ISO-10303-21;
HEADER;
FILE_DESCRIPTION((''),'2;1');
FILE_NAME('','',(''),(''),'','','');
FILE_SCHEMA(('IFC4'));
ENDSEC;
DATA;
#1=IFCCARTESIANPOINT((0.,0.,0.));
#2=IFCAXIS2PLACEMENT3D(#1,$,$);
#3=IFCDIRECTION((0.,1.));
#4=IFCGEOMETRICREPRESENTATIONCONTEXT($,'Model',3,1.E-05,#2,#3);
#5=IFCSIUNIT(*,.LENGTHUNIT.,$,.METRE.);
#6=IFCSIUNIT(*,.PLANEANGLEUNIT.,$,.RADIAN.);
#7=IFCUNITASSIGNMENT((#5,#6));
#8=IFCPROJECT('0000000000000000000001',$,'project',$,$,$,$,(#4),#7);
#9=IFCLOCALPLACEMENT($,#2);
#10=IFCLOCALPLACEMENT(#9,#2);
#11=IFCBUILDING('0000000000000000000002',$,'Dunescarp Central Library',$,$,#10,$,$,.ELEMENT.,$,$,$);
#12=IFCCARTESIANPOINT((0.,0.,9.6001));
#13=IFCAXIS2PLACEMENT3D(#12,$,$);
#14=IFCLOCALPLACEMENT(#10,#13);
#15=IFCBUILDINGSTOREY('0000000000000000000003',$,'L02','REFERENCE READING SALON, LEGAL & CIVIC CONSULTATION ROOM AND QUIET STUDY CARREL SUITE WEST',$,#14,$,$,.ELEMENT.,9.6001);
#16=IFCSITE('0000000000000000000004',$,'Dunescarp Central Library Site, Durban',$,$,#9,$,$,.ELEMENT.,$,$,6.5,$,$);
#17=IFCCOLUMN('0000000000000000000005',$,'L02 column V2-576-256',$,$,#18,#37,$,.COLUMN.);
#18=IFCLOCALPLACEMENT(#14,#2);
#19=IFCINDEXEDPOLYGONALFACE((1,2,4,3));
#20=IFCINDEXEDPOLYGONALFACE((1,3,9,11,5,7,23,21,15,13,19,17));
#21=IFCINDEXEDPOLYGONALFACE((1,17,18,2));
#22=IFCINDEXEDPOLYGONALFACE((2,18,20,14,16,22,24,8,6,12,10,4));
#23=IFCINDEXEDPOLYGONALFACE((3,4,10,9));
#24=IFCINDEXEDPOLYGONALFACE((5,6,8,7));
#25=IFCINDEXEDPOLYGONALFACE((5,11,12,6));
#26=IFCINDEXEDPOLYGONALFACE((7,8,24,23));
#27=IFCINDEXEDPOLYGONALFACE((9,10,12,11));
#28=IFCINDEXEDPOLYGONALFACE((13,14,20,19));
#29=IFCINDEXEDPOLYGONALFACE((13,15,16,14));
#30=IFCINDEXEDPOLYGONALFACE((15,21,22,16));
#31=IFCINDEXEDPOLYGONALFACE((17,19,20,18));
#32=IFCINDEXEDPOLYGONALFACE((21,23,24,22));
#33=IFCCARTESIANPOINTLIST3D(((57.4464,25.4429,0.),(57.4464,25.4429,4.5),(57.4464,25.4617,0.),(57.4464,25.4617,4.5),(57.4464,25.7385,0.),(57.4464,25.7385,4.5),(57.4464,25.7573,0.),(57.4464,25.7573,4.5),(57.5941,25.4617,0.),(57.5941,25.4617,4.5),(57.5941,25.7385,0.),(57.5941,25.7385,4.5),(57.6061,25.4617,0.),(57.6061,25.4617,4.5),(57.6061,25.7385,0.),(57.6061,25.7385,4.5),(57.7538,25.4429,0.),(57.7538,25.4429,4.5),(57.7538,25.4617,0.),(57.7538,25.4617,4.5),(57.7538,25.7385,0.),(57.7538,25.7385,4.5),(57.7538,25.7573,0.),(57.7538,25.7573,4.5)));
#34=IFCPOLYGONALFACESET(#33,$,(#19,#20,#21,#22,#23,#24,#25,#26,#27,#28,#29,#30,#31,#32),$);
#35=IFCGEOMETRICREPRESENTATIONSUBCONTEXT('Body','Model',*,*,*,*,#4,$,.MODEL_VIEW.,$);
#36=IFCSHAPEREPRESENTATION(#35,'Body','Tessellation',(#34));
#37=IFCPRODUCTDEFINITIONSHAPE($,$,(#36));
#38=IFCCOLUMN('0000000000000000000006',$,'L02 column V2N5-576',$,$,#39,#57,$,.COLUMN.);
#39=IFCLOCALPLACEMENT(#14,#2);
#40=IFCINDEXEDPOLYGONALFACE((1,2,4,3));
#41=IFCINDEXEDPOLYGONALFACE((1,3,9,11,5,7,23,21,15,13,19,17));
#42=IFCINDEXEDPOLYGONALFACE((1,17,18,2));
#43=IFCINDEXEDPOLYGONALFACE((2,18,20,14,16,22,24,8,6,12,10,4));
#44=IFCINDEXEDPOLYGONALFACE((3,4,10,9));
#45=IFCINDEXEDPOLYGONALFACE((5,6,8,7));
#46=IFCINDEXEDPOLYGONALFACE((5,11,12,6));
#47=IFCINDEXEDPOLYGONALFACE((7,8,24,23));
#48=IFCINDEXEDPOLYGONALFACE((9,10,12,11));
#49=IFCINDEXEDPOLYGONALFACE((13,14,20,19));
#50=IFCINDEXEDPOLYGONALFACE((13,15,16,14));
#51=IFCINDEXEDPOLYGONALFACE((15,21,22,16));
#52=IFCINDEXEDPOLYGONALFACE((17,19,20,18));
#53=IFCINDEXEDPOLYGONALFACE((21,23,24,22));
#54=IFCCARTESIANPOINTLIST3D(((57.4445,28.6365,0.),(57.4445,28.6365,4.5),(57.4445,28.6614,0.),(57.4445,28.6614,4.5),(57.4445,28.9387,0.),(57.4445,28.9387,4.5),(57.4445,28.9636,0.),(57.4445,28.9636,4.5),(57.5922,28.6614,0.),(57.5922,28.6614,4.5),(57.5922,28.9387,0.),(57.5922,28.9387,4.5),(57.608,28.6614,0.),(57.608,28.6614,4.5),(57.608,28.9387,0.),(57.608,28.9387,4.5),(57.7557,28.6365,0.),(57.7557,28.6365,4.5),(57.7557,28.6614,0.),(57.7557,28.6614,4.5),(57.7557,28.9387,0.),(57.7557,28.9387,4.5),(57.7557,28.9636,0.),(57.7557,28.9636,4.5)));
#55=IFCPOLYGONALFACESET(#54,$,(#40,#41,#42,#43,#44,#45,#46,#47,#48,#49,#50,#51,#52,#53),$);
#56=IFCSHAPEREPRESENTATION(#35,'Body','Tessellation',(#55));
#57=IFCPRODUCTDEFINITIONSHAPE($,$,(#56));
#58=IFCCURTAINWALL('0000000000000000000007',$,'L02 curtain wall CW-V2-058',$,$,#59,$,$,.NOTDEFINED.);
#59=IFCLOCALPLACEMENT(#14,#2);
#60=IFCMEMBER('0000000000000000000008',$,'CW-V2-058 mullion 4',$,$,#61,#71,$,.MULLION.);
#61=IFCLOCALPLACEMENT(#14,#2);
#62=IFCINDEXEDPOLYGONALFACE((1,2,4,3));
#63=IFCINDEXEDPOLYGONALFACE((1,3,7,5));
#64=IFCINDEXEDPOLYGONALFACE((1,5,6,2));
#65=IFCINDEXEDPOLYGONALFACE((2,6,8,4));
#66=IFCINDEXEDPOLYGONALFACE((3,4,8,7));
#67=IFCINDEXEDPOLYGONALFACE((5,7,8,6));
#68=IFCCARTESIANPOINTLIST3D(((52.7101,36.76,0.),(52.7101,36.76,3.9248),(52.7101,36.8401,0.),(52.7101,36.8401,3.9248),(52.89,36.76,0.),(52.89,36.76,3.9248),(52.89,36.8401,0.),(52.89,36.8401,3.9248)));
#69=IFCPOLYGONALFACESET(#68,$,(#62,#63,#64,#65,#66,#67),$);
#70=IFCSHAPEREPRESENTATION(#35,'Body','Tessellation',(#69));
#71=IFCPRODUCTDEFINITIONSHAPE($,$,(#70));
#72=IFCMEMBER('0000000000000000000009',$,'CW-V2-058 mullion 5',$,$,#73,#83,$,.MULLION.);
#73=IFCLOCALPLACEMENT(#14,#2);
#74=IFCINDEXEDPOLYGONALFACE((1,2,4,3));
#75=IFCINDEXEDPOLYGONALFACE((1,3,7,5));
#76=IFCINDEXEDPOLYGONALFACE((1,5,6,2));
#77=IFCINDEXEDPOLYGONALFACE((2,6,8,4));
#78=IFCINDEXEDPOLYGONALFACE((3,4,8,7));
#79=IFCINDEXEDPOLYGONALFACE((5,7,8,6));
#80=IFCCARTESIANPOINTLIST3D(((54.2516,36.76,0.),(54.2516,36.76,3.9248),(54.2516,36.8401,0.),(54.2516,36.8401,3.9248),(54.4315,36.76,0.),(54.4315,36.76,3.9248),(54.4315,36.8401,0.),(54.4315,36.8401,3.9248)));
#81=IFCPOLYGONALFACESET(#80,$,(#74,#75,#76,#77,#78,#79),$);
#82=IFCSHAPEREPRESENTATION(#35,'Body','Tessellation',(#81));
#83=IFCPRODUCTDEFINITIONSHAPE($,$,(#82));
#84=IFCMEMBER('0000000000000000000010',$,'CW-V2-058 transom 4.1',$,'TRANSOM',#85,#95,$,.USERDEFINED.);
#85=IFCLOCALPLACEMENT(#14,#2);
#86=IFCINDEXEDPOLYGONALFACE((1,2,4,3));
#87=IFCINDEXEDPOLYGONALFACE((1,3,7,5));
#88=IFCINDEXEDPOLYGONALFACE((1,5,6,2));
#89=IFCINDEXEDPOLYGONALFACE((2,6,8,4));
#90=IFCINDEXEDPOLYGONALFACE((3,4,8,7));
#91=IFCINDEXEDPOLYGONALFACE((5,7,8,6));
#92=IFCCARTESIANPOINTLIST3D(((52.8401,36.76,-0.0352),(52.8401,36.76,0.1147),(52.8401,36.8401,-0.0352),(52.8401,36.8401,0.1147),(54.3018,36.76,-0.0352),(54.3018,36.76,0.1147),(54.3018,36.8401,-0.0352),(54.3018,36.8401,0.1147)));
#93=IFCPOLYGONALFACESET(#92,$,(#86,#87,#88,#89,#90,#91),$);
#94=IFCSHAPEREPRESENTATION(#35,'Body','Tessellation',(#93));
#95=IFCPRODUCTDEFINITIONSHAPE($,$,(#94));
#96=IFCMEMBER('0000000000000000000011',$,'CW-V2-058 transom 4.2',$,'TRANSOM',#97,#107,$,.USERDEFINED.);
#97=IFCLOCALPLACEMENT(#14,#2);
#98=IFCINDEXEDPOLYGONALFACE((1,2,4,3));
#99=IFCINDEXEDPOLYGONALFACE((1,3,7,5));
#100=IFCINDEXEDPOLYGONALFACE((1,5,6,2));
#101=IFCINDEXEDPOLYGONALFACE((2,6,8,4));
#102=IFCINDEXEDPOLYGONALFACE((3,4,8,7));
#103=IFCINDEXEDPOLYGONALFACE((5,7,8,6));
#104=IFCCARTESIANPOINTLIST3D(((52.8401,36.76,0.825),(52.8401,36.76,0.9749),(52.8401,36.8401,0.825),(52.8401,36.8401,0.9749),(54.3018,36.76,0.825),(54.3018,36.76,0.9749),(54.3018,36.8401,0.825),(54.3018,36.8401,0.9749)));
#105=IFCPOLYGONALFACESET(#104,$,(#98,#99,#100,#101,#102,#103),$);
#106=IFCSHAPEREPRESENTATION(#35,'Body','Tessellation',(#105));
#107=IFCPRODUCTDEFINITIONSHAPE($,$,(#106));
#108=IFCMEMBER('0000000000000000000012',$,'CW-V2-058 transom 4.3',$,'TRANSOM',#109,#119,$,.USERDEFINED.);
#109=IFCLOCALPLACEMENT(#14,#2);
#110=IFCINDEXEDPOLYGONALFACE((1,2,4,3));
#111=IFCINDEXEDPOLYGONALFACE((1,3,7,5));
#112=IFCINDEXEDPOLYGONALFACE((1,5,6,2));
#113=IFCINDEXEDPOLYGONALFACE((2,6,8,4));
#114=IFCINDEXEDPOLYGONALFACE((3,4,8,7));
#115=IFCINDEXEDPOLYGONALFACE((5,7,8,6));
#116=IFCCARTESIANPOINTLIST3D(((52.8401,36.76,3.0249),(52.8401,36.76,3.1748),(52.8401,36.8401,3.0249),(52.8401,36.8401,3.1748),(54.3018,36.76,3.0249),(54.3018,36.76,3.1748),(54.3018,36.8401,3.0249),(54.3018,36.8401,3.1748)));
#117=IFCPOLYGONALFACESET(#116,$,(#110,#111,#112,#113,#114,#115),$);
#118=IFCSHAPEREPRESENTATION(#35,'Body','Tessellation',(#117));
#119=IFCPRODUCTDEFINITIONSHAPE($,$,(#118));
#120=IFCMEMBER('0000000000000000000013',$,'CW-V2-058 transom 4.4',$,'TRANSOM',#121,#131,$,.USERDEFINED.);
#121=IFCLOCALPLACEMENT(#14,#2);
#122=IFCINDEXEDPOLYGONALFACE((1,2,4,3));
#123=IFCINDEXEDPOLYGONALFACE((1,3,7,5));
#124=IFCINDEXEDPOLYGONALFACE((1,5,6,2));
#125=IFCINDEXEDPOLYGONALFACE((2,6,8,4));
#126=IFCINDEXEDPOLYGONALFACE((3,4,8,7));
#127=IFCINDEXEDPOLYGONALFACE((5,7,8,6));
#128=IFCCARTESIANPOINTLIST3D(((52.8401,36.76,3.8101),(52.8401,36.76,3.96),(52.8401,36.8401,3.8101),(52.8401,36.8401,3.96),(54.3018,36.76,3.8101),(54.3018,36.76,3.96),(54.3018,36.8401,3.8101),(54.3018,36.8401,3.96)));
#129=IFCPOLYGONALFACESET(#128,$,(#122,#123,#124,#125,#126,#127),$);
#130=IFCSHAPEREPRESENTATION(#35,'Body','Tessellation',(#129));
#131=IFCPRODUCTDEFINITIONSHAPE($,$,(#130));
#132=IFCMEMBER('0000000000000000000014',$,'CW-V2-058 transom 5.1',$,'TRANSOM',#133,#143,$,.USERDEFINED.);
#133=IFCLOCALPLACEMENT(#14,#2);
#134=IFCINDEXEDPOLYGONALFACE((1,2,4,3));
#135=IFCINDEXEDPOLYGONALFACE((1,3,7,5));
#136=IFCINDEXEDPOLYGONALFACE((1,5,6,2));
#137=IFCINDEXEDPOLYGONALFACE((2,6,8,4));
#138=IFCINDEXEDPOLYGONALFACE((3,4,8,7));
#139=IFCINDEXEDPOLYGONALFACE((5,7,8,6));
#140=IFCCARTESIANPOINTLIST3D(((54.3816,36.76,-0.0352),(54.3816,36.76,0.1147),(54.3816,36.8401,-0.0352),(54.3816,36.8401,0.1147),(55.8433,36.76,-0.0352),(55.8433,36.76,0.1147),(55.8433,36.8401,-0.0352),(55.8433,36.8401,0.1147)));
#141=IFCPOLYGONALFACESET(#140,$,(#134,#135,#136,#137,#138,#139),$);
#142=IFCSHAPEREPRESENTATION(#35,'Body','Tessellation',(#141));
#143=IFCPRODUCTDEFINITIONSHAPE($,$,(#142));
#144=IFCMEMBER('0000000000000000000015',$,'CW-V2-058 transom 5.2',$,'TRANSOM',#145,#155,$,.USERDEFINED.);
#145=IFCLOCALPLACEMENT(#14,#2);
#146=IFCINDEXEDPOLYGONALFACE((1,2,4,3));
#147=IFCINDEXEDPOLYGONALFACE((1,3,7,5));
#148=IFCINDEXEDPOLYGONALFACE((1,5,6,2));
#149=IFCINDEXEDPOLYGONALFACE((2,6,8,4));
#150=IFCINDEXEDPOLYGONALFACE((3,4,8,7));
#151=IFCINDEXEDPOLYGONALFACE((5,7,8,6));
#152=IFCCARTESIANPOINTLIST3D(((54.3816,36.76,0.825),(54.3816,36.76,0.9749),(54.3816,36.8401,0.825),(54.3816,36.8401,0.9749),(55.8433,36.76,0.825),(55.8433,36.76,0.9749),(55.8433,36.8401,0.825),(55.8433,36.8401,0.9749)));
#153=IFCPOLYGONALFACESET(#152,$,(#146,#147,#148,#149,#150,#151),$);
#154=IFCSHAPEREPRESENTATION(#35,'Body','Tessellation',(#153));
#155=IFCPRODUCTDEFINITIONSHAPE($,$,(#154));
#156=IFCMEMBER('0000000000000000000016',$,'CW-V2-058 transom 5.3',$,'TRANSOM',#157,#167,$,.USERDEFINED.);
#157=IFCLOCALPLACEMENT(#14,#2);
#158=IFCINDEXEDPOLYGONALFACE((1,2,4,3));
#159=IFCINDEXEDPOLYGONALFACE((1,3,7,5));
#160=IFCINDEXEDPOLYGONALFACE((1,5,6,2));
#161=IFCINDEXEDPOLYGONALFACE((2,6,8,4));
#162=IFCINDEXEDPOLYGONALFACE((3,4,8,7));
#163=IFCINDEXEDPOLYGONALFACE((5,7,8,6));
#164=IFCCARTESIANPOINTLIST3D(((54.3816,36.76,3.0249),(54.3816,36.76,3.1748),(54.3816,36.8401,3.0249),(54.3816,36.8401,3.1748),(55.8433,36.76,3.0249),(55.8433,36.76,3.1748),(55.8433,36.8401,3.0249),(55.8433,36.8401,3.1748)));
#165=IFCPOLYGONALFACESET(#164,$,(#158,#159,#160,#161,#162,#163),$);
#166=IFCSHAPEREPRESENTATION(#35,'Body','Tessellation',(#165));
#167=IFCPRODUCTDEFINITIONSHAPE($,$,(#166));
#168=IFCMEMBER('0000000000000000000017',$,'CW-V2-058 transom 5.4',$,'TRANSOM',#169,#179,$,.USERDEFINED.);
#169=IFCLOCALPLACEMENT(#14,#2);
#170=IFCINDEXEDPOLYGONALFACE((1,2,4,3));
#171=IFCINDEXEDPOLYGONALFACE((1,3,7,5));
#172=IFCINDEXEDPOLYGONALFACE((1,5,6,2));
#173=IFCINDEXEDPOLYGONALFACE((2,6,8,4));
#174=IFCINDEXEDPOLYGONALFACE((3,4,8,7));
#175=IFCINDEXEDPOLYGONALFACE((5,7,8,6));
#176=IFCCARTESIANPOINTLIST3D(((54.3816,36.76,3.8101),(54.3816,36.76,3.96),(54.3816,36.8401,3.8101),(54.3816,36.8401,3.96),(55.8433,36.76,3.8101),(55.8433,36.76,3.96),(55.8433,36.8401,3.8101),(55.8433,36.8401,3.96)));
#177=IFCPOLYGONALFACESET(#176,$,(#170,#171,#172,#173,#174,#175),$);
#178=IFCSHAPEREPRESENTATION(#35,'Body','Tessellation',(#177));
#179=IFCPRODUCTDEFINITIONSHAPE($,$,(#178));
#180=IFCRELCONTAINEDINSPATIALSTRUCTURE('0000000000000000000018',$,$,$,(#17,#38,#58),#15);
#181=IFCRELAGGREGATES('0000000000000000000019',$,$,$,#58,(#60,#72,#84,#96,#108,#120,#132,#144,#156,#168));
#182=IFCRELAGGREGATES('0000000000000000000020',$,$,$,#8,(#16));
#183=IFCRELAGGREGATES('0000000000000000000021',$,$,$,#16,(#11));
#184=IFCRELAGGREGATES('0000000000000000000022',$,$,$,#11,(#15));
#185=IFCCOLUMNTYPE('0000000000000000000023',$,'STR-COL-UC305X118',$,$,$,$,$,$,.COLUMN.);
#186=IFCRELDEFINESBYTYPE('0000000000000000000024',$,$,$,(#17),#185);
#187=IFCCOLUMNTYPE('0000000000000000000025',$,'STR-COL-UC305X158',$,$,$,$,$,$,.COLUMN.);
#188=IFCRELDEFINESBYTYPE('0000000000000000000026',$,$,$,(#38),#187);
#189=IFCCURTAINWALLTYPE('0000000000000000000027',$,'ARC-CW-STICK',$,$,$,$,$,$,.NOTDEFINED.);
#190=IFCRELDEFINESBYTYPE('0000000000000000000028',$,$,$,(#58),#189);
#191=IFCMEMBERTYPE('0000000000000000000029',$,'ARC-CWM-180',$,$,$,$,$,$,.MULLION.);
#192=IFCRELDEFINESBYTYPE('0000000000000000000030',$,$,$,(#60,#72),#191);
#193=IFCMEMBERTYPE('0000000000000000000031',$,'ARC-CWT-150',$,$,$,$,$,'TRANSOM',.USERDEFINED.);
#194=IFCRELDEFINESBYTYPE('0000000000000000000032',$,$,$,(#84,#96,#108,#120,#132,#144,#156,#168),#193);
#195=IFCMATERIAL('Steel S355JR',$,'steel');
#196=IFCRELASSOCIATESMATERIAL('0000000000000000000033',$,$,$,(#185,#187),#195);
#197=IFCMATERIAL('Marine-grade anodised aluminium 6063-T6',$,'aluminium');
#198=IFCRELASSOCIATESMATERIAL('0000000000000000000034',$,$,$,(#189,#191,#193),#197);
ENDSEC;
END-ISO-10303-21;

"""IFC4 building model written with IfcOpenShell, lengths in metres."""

from ifc_helpers import new_model, si_unit, direction, frame, origin, origin_2d, place, context, subcontext, project, spatial, rectangle, i_section, extrude, material, material_profile, profile_set, type_object, element, aggregate, save


model = new_model("IFC4")

# Units and contexts
model_context = context("Model", 3, precision=1e-05, world=origin(), true_north=direction((0.0, 1.0)))
body_context = subcontext(model_context, "Body", "Model", "MODEL_VIEW")
ifc_project = project(units=[si_unit("LENGTHUNIT", "METRE"), si_unit("PLANEANGLEUNIT", "RADIAN")], contexts=[model_context])

# Site, building, storey
site_placement = place(None, origin())
site = spatial("IfcSite", under=ifc_project, at=site_placement, Name="Dunescarp Central Library Site, Durban", CompositionType="ELEMENT", RefElevation=6.5)
building_placement = place(site_placement, origin())
building = spatial("IfcBuilding", under=site, at=building_placement, Name="Dunescarp Central Library", CompositionType="ELEMENT")
storey_placement = place(building_placement, frame((0.0, 0.0, 9.6001)))
storey = spatial("IfcBuildingStorey", under=building, at=storey_placement, Name="L02", Description="REFERENCE READING SALON, LEGAL & CIVIC CONSULTATION ROOM AND QUIET STUDY CARREL SUITE WEST", CompositionType="ELEMENT", Elevation=9.6001)

# Columns
ifc_material_1 = material(Name="Steel S355JR", Category="steel")
ifc_material_profile_1 = material_profile(ifc_material_1, i_section(OverallWidth=0.3074, OverallDepth=0.3145, WebThickness=0.012, FlangeThickness=0.0188, at=origin_2d()), Name="UC 305x305x118")
ifc_profile_set_1 = profile_set([ifc_material_profile_1], Name="Steel S355JR")
column_type_1 = type_object("IfcColumnType", Name="STR-COL-UC305X118", PredefinedType="COLUMN", material=ifc_profile_set_1)
column_1_placement = place(storey_placement, frame((57.6001, 25.6001, 0.0), z_axis=(0.0, 0.0, 1.0), x_axis=(1.0, 0.0, 0.0)))
element("IfcColumn", 1, at=column_1_placement, inside=storey, type_object=column_type_1, Name="L02 column V2-576-256", PredefinedType="COLUMN", context=body_context, shape_type="SweptSolid", body=[
    extrude(i_section(OverallWidth=0.3074, OverallDepth=0.3145, WebThickness=0.012, FlangeThickness=0.0188, at=origin_2d()), origin(), (0.0, 0.0, 1.0), 4.5),
])
ifc_material_profile_2 = material_profile(ifc_material_1, i_section(OverallWidth=0.3113, OverallDepth=0.3271, WebThickness=0.0159, FlangeThickness=0.0249, at=origin_2d()), Name="UC 305x305x158")
ifc_profile_set_2 = profile_set([ifc_material_profile_2], Name="Steel S355JR")
column_type_2 = type_object("IfcColumnType", Name="STR-COL-UC305X158", PredefinedType="COLUMN", material=ifc_profile_set_2)
column_2_placement = place(storey_placement, frame((57.6001, 28.8, 0.0), z_axis=(0.0, 0.0, 1.0), x_axis=(1.0, 0.0, 0.0)))
element("IfcColumn", 2, at=column_2_placement, inside=storey, type_object=column_type_2, Name="L02 column V2N5-576", PredefinedType="COLUMN", context=body_context, shape_type="SweptSolid", body=[
    extrude(i_section(OverallWidth=0.3113, OverallDepth=0.3271, WebThickness=0.0159, FlangeThickness=0.0249, at=origin_2d()), origin(), (0.0, 0.0, 1.0), 4.5),
])

# Curtain wall, members
ifc_material_2 = material(Name="Marine-grade anodised aluminium 6063-T6", Category="aluminium")
curtain_wall_type = type_object("IfcCurtainWallType", Name="ARC-CW-STICK", PredefinedType="NOTDEFINED", material=ifc_material_2)
curtain_wall_placement = place(storey_placement, origin())
curtain_wall = element("IfcCurtainWall", 3, at=curtain_wall_placement, inside=storey, type_object=curtain_wall_type, Name="L02 curtain wall CW-V2-058", PredefinedType="NOTDEFINED")
ifc_material_profile_3 = material_profile(ifc_material_2, rectangle(XDim=0.0801, YDim=0.1799, at=origin_2d()), Name="AL 80x180")
ifc_profile_set_3 = profile_set([ifc_material_profile_3], Name="Marine-grade anodised aluminium 6063-T6")
member_type_1 = type_object("IfcMemberType", Name="ARC-CWM-180", PredefinedType="MULLION", material=ifc_profile_set_3)
member_1_placement = place(storey_placement, frame((52.8, 36.8, 0.0), z_axis=(0.0, 0.0, 1.0), x_axis=(0.0, 1.0, 0.0)))
member_1 = element("IfcMember", 4, at=member_1_placement, type_object=member_type_1, Name="CW-V2-058 mullion 4", PredefinedType="MULLION", context=body_context, shape_type="SweptSolid", body=[
    extrude(rectangle(XDim=0.0801, YDim=0.1799, at=origin_2d()), origin(), (0.0, 0.0, 1.0), 3.9248),
])
member_2_placement = place(storey_placement, frame((54.3416, 36.8, 0.0), z_axis=(0.0, 0.0, 1.0), x_axis=(0.0, 1.0, 0.0)))
member_2 = element("IfcMember", 5, at=member_2_placement, type_object=member_type_1, Name="CW-V2-058 mullion 5", PredefinedType="MULLION", context=body_context, shape_type="SweptSolid", body=[
    extrude(rectangle(XDim=0.0801, YDim=0.1799, at=origin_2d()), origin(), (0.0, 0.0, 1.0), 3.9248),
])
ifc_material_profile_4 = material_profile(ifc_material_2, rectangle(XDim=0.0801, YDim=0.1499, at=origin_2d()), Name="AL 80x150")
ifc_profile_set_4 = profile_set([ifc_material_profile_4], Name="Marine-grade anodised aluminium 6063-T6")
member_type_2 = type_object("IfcMemberType", Name="ARC-CWT-150", ElementType="TRANSOM", PredefinedType="USERDEFINED", material=ifc_profile_set_4)
member_3_placement = place(storey_placement, frame((52.8401, 36.8, 0.0398), z_axis=(1.0, 0.0, 0.0), x_axis=(0.0, 1.0, 0.0)))
member_3 = element("IfcMember", 6, at=member_3_placement, type_object=member_type_2, Name="CW-V2-058 transom 4.1", ObjectType="TRANSOM", PredefinedType="USERDEFINED", context=body_context, shape_type="SweptSolid", body=[
    extrude(rectangle(XDim=0.0801, YDim=0.1499, at=origin_2d()), origin(), (0.0, 0.0, 1.0), 1.4617),
])
member_4_placement = place(storey_placement, frame((52.8401, 36.8, 0.8999), z_axis=(1.0, 0.0, 0.0), x_axis=(0.0, 1.0, 0.0)))
member_4 = element("IfcMember", 7, at=member_4_placement, type_object=member_type_2, Name="CW-V2-058 transom 4.2", ObjectType="TRANSOM", PredefinedType="USERDEFINED", context=body_context, shape_type="SweptSolid", body=[
    extrude(rectangle(XDim=0.0801, YDim=0.1499, at=origin_2d()), origin(), (0.0, 0.0, 1.0), 1.4617),
])
member_5_placement = place(storey_placement, frame((52.8401, 36.8, 3.0999), z_axis=(1.0, 0.0, 0.0), x_axis=(0.0, 1.0, 0.0)))
member_5 = element("IfcMember", 8, at=member_5_placement, type_object=member_type_2, Name="CW-V2-058 transom 4.3", ObjectType="TRANSOM", PredefinedType="USERDEFINED", context=body_context, shape_type="SweptSolid", body=[
    extrude(rectangle(XDim=0.0801, YDim=0.1499, at=origin_2d()), origin(), (0.0, 0.0, 1.0), 1.4617),
])
member_6_placement = place(storey_placement, frame((52.8401, 36.8, 3.885), z_axis=(1.0, 0.0, 0.0), x_axis=(0.0, 1.0, 0.0)))
member_6 = element("IfcMember", 9, at=member_6_placement, type_object=member_type_2, Name="CW-V2-058 transom 4.4", ObjectType="TRANSOM", PredefinedType="USERDEFINED", context=body_context, shape_type="SweptSolid", body=[
    extrude(rectangle(XDim=0.0801, YDim=0.1499, at=origin_2d()), origin(), (0.0, 0.0, 1.0), 1.4617),
])
member_7_placement = place(storey_placement, frame((54.3816, 36.8, 0.0398), z_axis=(1.0, 0.0, 0.0), x_axis=(0.0, 1.0, 0.0)))
member_7 = element("IfcMember", 10, at=member_7_placement, type_object=member_type_2, Name="CW-V2-058 transom 5.1", ObjectType="TRANSOM", PredefinedType="USERDEFINED", context=body_context, shape_type="SweptSolid", body=[
    extrude(rectangle(XDim=0.0801, YDim=0.1499, at=origin_2d()), origin(), (0.0, 0.0, 1.0), 1.4617),
])
member_8_placement = place(storey_placement, frame((54.3816, 36.8, 0.8999), z_axis=(1.0, 0.0, 0.0), x_axis=(0.0, 1.0, 0.0)))
member_8 = element("IfcMember", 11, at=member_8_placement, type_object=member_type_2, Name="CW-V2-058 transom 5.2", ObjectType="TRANSOM", PredefinedType="USERDEFINED", context=body_context, shape_type="SweptSolid", body=[
    extrude(rectangle(XDim=0.0801, YDim=0.1499, at=origin_2d()), origin(), (0.0, 0.0, 1.0), 1.4617),
])
member_9_placement = place(storey_placement, frame((54.3816, 36.8, 3.0999), z_axis=(1.0, 0.0, 0.0), x_axis=(0.0, 1.0, 0.0)))
member_9 = element("IfcMember", 12, at=member_9_placement, type_object=member_type_2, Name="CW-V2-058 transom 5.3", ObjectType="TRANSOM", PredefinedType="USERDEFINED", context=body_context, shape_type="SweptSolid", body=[
    extrude(rectangle(XDim=0.0801, YDim=0.1499, at=origin_2d()), origin(), (0.0, 0.0, 1.0), 1.4617),
])
member_10_placement = place(storey_placement, frame((54.3816, 36.8, 3.885), z_axis=(1.0, 0.0, 0.0), x_axis=(0.0, 1.0, 0.0)))
member_10 = element("IfcMember", 13, at=member_10_placement, type_object=member_type_2, Name="CW-V2-058 transom 5.4", ObjectType="TRANSOM", PredefinedType="USERDEFINED", context=body_context, shape_type="SweptSolid", body=[
    extrude(rectangle(XDim=0.0801, YDim=0.1499, at=origin_2d()), origin(), (0.0, 0.0, 1.0), 1.4617),
])

aggregate(curtain_wall, [member_1, member_2, member_3, member_4, member_5, member_6, member_7, member_8, member_9, member_10])

save(model, "model.ifc")
